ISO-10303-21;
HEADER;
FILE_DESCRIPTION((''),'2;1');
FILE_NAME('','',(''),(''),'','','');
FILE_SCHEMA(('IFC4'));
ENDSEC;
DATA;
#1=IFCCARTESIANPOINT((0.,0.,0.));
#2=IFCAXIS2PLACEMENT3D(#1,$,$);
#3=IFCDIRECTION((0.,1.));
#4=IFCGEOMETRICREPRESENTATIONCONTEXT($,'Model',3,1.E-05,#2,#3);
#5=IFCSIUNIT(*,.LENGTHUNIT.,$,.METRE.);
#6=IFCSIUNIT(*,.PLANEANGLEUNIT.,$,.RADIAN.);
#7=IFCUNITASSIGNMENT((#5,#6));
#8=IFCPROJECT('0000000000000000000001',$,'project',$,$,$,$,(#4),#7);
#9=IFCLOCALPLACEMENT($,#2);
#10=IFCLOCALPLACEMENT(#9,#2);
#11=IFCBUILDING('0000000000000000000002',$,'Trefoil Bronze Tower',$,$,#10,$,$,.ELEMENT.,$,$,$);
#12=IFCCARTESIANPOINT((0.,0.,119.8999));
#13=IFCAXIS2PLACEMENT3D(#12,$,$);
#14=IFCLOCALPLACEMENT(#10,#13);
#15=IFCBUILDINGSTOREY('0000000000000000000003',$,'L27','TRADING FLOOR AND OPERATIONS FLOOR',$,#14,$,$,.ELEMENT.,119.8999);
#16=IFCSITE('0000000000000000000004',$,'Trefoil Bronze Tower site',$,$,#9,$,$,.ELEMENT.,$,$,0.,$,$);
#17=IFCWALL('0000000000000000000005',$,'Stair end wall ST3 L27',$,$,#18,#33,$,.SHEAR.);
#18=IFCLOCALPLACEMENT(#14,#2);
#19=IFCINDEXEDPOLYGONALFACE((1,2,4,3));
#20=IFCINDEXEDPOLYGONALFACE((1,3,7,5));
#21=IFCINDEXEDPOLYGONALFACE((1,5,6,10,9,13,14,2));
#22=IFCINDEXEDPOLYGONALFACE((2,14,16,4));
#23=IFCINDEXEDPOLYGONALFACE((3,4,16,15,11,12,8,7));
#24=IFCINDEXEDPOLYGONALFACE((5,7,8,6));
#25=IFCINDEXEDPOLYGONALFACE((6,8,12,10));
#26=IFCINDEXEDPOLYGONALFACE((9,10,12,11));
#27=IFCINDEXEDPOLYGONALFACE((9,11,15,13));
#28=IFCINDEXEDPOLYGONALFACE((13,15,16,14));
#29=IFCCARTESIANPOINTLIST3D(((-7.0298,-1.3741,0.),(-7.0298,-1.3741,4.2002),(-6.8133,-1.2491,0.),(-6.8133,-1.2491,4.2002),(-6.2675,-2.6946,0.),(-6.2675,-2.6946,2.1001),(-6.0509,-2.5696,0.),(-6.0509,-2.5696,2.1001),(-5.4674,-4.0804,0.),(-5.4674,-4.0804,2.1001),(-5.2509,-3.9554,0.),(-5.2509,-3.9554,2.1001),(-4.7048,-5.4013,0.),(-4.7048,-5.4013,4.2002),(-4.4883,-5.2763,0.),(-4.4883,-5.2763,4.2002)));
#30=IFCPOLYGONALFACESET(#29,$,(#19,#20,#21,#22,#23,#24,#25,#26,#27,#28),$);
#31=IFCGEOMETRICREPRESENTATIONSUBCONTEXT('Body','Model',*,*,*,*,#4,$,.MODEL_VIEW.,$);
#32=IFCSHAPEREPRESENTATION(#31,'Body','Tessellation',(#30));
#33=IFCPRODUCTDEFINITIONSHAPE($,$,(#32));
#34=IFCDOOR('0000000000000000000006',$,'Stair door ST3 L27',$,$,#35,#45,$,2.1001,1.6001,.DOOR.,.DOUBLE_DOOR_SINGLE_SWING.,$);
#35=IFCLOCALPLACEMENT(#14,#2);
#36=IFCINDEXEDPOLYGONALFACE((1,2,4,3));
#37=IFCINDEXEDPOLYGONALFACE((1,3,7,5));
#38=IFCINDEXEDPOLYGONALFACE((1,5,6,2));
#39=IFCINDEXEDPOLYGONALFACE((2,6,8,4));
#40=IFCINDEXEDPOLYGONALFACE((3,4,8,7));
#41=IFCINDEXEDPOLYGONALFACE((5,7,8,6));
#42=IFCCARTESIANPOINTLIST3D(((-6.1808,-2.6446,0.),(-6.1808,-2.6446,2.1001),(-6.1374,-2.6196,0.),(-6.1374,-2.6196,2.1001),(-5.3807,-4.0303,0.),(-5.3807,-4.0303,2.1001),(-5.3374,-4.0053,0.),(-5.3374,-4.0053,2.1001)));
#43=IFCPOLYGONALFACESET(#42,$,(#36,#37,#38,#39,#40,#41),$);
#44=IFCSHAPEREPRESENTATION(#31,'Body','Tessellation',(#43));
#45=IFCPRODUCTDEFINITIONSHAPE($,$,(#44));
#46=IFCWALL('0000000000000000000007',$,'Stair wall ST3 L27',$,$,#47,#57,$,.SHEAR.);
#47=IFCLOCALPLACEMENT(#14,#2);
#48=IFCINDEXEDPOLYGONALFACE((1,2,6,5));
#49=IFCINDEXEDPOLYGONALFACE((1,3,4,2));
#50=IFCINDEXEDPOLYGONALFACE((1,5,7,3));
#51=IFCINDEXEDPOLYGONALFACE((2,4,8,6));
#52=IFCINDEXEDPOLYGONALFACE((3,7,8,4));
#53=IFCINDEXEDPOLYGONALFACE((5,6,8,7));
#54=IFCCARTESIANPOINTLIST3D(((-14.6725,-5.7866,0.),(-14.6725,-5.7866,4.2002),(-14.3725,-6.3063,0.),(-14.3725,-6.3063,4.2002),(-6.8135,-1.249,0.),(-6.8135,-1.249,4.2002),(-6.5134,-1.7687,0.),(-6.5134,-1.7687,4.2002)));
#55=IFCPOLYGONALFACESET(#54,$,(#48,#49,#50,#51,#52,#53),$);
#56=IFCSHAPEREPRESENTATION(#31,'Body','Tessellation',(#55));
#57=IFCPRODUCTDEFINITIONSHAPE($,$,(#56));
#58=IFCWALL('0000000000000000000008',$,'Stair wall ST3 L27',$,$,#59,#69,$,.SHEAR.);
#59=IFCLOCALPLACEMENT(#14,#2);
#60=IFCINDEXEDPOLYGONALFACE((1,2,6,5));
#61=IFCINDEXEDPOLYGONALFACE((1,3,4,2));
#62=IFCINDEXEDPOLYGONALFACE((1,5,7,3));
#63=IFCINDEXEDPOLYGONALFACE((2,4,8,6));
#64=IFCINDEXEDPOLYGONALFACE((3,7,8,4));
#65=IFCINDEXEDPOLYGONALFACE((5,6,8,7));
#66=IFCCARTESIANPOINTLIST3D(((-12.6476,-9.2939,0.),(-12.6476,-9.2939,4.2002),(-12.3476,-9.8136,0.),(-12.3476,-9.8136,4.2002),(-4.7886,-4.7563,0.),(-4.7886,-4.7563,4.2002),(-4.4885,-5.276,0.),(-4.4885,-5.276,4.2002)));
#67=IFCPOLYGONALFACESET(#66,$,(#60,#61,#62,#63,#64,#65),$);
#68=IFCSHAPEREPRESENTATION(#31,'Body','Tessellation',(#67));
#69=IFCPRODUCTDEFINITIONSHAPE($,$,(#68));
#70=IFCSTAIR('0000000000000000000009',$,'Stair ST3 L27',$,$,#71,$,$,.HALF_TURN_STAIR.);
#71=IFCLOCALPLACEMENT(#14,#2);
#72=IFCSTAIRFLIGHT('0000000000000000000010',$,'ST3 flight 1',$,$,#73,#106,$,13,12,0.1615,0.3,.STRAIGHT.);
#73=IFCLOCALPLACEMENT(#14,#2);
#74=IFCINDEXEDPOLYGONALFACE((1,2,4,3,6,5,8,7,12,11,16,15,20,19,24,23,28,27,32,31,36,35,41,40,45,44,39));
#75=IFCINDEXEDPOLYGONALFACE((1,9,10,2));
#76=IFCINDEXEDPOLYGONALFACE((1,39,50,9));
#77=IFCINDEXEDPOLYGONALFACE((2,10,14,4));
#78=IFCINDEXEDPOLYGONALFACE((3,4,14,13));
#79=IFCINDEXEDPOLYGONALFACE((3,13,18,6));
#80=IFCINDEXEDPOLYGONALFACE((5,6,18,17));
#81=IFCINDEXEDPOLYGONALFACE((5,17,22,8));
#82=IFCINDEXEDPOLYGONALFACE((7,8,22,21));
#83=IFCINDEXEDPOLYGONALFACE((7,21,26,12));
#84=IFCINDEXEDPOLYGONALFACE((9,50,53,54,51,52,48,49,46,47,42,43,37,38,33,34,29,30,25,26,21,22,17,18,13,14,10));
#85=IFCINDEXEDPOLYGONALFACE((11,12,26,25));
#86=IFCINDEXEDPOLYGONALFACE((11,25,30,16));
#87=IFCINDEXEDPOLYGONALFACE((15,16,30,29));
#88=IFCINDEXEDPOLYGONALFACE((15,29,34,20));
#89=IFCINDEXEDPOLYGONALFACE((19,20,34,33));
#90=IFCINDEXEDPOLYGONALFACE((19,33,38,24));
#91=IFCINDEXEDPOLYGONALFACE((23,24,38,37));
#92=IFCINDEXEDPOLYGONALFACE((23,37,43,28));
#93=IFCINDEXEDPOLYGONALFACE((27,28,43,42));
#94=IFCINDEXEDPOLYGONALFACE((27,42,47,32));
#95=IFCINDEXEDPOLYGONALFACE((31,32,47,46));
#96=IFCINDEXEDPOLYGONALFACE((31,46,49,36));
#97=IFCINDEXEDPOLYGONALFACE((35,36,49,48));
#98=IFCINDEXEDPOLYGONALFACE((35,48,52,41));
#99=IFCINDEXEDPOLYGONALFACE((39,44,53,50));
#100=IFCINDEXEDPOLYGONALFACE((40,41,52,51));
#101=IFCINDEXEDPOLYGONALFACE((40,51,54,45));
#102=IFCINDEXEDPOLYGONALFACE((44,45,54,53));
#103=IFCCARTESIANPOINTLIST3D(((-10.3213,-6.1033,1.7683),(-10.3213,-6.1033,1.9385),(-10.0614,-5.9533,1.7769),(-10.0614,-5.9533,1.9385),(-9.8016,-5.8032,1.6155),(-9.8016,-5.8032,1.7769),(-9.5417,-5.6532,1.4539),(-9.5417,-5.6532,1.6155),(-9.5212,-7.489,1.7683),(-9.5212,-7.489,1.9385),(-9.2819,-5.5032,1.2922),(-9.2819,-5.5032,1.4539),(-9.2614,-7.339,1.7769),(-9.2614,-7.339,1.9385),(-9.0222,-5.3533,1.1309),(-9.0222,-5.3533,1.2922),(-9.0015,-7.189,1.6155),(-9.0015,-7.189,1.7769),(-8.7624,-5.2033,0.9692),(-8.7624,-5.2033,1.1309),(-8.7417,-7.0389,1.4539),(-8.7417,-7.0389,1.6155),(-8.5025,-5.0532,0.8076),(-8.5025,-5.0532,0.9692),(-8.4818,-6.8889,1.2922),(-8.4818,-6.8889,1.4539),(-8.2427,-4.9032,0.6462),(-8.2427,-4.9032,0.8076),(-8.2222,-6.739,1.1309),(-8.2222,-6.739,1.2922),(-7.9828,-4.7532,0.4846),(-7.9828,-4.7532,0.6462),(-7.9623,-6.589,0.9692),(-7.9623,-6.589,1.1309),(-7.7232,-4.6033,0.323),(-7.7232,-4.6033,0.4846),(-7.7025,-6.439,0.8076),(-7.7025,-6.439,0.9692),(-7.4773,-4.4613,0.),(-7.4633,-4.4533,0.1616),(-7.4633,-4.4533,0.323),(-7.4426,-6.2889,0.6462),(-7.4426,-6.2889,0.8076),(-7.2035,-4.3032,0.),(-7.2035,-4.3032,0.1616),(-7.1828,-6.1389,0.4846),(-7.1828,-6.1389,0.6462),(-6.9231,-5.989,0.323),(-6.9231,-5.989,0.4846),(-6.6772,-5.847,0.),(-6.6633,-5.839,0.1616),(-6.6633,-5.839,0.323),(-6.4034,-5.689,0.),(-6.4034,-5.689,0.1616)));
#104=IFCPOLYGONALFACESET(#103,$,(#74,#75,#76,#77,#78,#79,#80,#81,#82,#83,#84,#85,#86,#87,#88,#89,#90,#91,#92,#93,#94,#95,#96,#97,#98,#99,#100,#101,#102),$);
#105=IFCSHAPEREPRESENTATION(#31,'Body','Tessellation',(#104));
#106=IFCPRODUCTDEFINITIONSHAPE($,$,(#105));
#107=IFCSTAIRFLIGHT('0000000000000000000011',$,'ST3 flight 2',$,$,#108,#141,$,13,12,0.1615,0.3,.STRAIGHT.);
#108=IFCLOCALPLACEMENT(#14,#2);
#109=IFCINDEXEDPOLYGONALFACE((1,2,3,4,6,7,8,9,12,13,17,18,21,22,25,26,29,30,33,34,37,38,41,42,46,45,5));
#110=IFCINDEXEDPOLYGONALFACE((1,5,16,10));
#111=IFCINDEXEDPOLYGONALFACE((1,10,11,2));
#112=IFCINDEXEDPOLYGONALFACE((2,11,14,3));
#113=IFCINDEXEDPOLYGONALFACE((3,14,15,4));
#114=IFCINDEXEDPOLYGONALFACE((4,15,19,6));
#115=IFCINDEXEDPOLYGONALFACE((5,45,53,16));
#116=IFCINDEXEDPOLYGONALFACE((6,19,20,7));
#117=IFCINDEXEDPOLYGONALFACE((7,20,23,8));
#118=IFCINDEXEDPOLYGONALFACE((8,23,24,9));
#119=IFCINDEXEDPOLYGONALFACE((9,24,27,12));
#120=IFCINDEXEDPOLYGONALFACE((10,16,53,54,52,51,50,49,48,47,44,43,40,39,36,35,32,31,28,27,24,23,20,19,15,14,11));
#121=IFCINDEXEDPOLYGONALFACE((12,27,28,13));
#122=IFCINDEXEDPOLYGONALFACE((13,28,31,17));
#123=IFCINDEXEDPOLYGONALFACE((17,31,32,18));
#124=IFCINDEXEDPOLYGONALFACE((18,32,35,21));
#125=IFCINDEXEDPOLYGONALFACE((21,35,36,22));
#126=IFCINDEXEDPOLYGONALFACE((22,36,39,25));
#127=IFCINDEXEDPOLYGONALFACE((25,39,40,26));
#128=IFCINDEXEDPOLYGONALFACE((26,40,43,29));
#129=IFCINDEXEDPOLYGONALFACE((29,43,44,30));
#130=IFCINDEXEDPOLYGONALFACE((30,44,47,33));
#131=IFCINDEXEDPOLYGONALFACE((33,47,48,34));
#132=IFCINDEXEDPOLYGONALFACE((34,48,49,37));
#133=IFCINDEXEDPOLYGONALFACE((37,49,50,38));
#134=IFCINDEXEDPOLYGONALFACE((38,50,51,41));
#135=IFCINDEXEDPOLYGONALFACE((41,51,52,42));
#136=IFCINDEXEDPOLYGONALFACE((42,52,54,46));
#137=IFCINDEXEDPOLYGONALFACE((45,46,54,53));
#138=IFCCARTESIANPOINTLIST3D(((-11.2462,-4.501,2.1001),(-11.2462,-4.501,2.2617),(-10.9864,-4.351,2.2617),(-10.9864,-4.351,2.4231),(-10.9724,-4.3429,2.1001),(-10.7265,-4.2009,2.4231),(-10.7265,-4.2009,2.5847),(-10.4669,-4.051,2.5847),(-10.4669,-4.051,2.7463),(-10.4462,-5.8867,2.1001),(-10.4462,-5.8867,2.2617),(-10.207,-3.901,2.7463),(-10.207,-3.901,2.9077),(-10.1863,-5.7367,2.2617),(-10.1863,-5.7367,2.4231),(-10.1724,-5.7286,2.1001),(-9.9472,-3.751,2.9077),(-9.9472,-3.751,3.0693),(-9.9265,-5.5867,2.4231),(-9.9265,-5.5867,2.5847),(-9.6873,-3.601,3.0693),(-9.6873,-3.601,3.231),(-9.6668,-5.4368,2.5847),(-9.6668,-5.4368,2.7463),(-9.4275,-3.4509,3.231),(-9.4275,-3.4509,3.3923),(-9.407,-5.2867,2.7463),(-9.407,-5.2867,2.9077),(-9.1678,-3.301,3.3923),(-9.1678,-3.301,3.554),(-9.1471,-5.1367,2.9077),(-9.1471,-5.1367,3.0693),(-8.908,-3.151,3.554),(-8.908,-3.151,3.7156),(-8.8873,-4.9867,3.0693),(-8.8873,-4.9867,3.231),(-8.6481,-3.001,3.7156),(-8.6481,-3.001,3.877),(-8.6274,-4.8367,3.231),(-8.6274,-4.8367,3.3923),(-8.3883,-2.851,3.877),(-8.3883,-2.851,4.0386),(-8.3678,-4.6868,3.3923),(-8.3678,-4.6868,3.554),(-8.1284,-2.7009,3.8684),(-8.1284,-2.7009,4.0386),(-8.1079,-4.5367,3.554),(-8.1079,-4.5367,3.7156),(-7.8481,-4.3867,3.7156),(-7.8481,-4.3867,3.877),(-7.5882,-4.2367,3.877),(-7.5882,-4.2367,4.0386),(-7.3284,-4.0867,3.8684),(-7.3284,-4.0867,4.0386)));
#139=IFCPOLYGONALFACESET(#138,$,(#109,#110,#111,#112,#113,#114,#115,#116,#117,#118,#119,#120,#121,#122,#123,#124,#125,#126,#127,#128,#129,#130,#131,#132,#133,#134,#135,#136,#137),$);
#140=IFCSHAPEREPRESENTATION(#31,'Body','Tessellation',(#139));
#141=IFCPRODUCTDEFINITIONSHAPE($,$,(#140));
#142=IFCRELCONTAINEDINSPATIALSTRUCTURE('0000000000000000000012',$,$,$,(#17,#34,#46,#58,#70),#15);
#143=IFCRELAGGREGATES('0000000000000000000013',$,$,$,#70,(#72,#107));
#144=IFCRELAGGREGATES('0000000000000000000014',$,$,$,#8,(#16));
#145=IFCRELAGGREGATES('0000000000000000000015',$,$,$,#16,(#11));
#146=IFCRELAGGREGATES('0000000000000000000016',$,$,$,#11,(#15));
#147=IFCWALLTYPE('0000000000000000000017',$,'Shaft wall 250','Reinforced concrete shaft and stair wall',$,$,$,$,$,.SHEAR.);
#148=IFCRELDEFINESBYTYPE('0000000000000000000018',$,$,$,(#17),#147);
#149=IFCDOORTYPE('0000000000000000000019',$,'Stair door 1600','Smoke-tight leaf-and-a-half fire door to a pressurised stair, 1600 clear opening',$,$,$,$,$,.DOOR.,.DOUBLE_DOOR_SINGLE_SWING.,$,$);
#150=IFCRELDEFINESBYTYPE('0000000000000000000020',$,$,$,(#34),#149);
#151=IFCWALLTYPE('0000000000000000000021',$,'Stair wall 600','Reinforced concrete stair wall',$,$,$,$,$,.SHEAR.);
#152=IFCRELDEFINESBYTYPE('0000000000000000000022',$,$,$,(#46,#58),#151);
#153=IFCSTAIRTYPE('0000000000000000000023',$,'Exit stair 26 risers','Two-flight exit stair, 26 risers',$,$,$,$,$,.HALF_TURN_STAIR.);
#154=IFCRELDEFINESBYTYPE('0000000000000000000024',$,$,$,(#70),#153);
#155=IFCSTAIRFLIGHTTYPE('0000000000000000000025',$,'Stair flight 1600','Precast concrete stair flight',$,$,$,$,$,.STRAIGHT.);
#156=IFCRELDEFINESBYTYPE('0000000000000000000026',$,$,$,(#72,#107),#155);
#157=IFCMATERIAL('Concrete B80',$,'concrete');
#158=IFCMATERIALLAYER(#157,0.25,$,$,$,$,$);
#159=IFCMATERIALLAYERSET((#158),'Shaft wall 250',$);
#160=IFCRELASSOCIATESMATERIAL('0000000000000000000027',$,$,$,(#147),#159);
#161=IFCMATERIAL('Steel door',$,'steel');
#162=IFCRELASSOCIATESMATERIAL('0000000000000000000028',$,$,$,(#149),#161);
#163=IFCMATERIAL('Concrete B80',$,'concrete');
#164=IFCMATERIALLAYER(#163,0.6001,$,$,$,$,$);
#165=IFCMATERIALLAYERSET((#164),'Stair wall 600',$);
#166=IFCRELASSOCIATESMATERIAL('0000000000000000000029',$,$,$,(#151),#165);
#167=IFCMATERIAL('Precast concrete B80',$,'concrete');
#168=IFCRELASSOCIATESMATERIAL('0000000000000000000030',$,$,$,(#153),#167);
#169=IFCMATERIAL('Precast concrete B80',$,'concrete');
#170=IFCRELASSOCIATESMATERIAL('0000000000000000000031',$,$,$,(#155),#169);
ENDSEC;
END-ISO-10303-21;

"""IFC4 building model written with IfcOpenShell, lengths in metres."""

from ifc_helpers import new_model, si_unit, direction, frame, frame_2d, origin, place, context, subcontext, project, spatial, polyline, rectangle, outline, extrude, material, layer, layer_set, type_object, element, fill, aggregate, save


model = new_model("IFC4")

# Units and contexts
model_context = context("Model", 3, precision=1e-05, world=origin(), true_north=direction((0.0, 1.0)))
body_context = subcontext(model_context, "Body", "Model", "MODEL_VIEW")
ifc_project = project(units=[si_unit("LENGTHUNIT", "METRE"), si_unit("PLANEANGLEUNIT", "RADIAN")], contexts=[model_context])

# Site, building, storey
site_placement = place(None, origin())
site = spatial("IfcSite", under=ifc_project, at=site_placement, Name="Trefoil Bronze Tower site", CompositionType="ELEMENT", RefElevation=0.0)
building_placement = place(site_placement, origin())
building = spatial("IfcBuilding", under=site, at=building_placement, Name="Trefoil Bronze Tower", CompositionType="ELEMENT")
storey_placement = place(building_placement, frame((0.0, 0.0, 119.8999)))
storey = spatial("IfcBuildingStorey", under=building, at=storey_placement, Name="L27", Description="TRADING FLOOR AND OPERATIONS FLOOR", CompositionType="ELEMENT", Elevation=119.8999)

# Wall, opening, door
ifc_material_1 = material(Name="Concrete B80", Category="concrete")
ifc_layer_1 = layer(ifc_material_1, 0.25)
ifc_layer_set_1 = layer_set([ifc_layer_1], Name="Shaft wall 250")
wall_type_1 = type_object("IfcWallType", Name="Shaft wall 250", Description="Reinforced concrete shaft and stair wall", PredefinedType="SHEAR", material=ifc_layer_set_1)
wall_1_placement = place(storey_placement, frame((-6.9216, -1.3115, 0.0), z_axis=(0.0, 0.0, 1.0), x_axis=(0.499985, -0.866034, 0.0)))
wall_1 = element("IfcWall", 1, at=wall_1_placement, inside=storey, type_object=wall_type_1, Name="Stair end wall ST3 L27", PredefinedType="SHEAR", context=body_context, shape_type="SweptSolid", body=[
    extrude(rectangle(XDim=4.6501, YDim=0.25, at=frame_2d((2.3252, 0.0))), origin(), (0.0, 0.0, 1.0), 4.2002),
])
opening_1_placement = place(wall_1_placement, frame((1.5249, 0.0, 0.0)))
opening_1 = element("IfcOpeningElement", 2, at=opening_1_placement, cuts=wall_1, PredefinedType="OPENING", context=body_context, shape_type="SweptSolid", body=[
    extrude(rectangle(XDim=1.6001, YDim=2.1001, at=frame_2d((0.8, 1.05))), frame((0.0, 0.135, 0.0), z_axis=(0.0, -1.0, 0.0), x_axis=(1.0, 0.0, 0.0)), (0.0, 0.0, 1.0), 0.27),
])
ifc_material_2 = material(Name="Steel door", Category="steel")
door_type_1 = type_object("IfcDoorType", Name="Stair door 1600", Description="Smoke-tight leaf-and-a-half fire door to a pressurised stair, 1600 clear opening", OperationType="DOUBLE_DOOR_SINGLE_SWING", PredefinedType="DOOR", material=ifc_material_2)
door_1_placement = place(opening_1_placement, frame((1.6001, 0.0, 0.0), z_axis=(0.0, 0.0, 1.0), x_axis=(-1.0, 0.0, 0.0)))
door_1 = element("IfcDoor", 3, at=door_1_placement, inside=storey, type_object=door_type_1, Name="Stair door ST3 L27", OperationType="DOUBLE_DOOR_SINGLE_SWING", OverallHeight=2.1001, OverallWidth=1.6001, PredefinedType="DOOR", context=body_context, shape_type="SweptSolid", body=[
    extrude(rectangle(XDim=1.6001, YDim=2.1001, at=frame_2d((0.8, 1.05))), frame((0.0, 0.0249, 0.0), z_axis=(0.0, -1.0, 0.0), x_axis=(1.0, 0.0, 0.0)), (0.0, 0.0, 1.0), 0.05),
])
fill(opening_1, door_1)

# Walls
ifc_material_3 = material(Name="Concrete B80", Category="concrete")
ifc_layer_2 = layer(ifc_material_3, 0.6001)
ifc_layer_set_2 = layer_set([ifc_layer_2], Name="Stair wall 600")
wall_type_2 = type_object("IfcWallType", Name="Stair wall 600", Description="Reinforced concrete stair wall", PredefinedType="SHEAR", material=ifc_layer_set_2)
for number, where, z_axis, x_axis, name in (
    (4, (-6.6633, -1.5088, 0.0), (0.0, 0.0, 1.0), (-0.866019, -0.50001, 0.0), "Stair wall ST3 L27"),
    (5, (-4.6384, -5.0161, 0.0), (0.0, 0.0, 1.0), (-0.866019, -0.50001, 0.0), "Stair wall ST3 L27"),
):
    element("IfcWall", number, at=place(storey_placement, frame(where, z_axis=z_axis, x_axis=x_axis)), inside=storey, type_object=wall_type_2, Name=name, PredefinedType="SHEAR", context=body_context, shape_type="SweptSolid", body=[
        extrude(rectangle(XDim=9.075, YDim=0.6001, at=frame_2d((4.5376, 0.0))), origin(), (0.0, 0.0, 1.0), 4.2002),
    ])

# Stair, stair flights
ifc_material_4 = material(Name="Precast concrete B80", Category="concrete")
stair_type = type_object("IfcStairType", Name="Exit stair 26 risers", Description="Two-flight exit stair, 26 risers", PredefinedType="HALF_TURN_STAIR", material=ifc_material_4)
stair_placement = place(storey_placement, origin())
stair = element("IfcStair", 6, at=stair_placement, inside=storey, type_object=stair_type, Name="Stair ST3 L27", PredefinedType="HALF_TURN_STAIR")
ifc_material_5 = material(Name="Precast concrete B80", Category="concrete")
stair_flight_type = type_object("IfcStairFlightType", Name="Stair flight 1600", Description="Precast concrete stair flight", PredefinedType="STRAIGHT", material=ifc_material_5)
stair_flight_1_placement = place(storey_placement, frame((-6.8035, -4.9961, 0.0), z_axis=(0.0, 0.0, 1.0), x_axis=(-0.866025, -0.5, 0.0)))
stair_flight_1 = element("IfcStairFlight", 7, at=stair_flight_1_placement, type_object=stair_flight_type, Name="ST3 flight 1", NumberOfRisers=13, NumberOfTreads=12, PredefinedType="STRAIGHT", RiserHeight=0.1615, TreadLength=0.3, context=body_context, shape_type="SweptSolid", body=[
    extrude(outline(polyline([(0.0, 0.0), (0.0, 0.1616), (0.3, 0.1616), (0.3, 0.323), (0.6001, 0.323), (0.6001, 0.4846), (0.8999, 0.4846), (0.8999, 0.6462), (1.2, 0.6462), (1.2, 0.8076), (1.5, 0.8076), (1.5, 0.9692), (1.8, 0.9692), (1.8, 1.1309), (2.1001, 1.1309), (2.1001, 1.2922), (2.3999, 1.2922), (2.3999, 1.4539), (2.7, 1.4539), (2.7, 1.6155), (3.0, 1.6155), (3.0, 1.7769), (3.3, 1.7769), (3.3, 1.9385), (3.6001, 1.9385), (3.6001, 2.1001), (3.6001, 1.7683), (0.3162, 0.0), (0.0, 0.0)])), frame((0.0, 0.8, 0.0), z_axis=(0.0, -1.0, 0.0), x_axis=(1.0, 0.0, 0.0)), (0.0, 0.0, 1.0), 1.6001),
])
stair_flight_2_placement = place(storey_placement, frame((-10.8462, -5.1938, 2.1001), z_axis=(0.0, 0.0, 1.0), x_axis=(0.866025, 0.5, 0.0)))
stair_flight_2 = element("IfcStairFlight", 8, at=stair_flight_2_placement, type_object=stair_flight_type, Name="ST3 flight 2", NumberOfRisers=13, NumberOfTreads=12, PredefinedType="STRAIGHT", RiserHeight=0.1615, TreadLength=0.3, context=body_context, shape_type="SweptSolid", body=[
    extrude(outline(polyline([(0.0, 0.0), (0.0, 0.1616), (0.3, 0.1616), (0.3, 0.323), (0.6001, 0.323), (0.6001, 0.4846), (0.8999, 0.4846), (0.8999, 0.6462), (1.2, 0.6462), (1.2, 0.8076), (1.5, 0.8076), (1.5, 0.9692), (1.8, 0.9692), (1.8, 1.1309), (2.1001, 1.1309), (2.1001, 1.2922), (2.3999, 1.2922), (2.3999, 1.4539), (2.7, 1.4539), (2.7, 1.6155), (3.0, 1.6155), (3.0, 1.7769), (3.3, 1.7769), (3.3, 1.9385), (3.6001, 1.9385), (3.6001, 2.1001), (3.6001, 1.7683), (0.3162, 0.0), (0.0, 0.0)])), frame((0.0, 0.8, 0.0), z_axis=(0.0, -1.0, 0.0), x_axis=(1.0, 0.0, 0.0)), (0.0, 0.0, 1.0), 1.6001),
])
aggregate(stair, [stair_flight_1, stair_flight_2])

save(model, "model.ifc")
